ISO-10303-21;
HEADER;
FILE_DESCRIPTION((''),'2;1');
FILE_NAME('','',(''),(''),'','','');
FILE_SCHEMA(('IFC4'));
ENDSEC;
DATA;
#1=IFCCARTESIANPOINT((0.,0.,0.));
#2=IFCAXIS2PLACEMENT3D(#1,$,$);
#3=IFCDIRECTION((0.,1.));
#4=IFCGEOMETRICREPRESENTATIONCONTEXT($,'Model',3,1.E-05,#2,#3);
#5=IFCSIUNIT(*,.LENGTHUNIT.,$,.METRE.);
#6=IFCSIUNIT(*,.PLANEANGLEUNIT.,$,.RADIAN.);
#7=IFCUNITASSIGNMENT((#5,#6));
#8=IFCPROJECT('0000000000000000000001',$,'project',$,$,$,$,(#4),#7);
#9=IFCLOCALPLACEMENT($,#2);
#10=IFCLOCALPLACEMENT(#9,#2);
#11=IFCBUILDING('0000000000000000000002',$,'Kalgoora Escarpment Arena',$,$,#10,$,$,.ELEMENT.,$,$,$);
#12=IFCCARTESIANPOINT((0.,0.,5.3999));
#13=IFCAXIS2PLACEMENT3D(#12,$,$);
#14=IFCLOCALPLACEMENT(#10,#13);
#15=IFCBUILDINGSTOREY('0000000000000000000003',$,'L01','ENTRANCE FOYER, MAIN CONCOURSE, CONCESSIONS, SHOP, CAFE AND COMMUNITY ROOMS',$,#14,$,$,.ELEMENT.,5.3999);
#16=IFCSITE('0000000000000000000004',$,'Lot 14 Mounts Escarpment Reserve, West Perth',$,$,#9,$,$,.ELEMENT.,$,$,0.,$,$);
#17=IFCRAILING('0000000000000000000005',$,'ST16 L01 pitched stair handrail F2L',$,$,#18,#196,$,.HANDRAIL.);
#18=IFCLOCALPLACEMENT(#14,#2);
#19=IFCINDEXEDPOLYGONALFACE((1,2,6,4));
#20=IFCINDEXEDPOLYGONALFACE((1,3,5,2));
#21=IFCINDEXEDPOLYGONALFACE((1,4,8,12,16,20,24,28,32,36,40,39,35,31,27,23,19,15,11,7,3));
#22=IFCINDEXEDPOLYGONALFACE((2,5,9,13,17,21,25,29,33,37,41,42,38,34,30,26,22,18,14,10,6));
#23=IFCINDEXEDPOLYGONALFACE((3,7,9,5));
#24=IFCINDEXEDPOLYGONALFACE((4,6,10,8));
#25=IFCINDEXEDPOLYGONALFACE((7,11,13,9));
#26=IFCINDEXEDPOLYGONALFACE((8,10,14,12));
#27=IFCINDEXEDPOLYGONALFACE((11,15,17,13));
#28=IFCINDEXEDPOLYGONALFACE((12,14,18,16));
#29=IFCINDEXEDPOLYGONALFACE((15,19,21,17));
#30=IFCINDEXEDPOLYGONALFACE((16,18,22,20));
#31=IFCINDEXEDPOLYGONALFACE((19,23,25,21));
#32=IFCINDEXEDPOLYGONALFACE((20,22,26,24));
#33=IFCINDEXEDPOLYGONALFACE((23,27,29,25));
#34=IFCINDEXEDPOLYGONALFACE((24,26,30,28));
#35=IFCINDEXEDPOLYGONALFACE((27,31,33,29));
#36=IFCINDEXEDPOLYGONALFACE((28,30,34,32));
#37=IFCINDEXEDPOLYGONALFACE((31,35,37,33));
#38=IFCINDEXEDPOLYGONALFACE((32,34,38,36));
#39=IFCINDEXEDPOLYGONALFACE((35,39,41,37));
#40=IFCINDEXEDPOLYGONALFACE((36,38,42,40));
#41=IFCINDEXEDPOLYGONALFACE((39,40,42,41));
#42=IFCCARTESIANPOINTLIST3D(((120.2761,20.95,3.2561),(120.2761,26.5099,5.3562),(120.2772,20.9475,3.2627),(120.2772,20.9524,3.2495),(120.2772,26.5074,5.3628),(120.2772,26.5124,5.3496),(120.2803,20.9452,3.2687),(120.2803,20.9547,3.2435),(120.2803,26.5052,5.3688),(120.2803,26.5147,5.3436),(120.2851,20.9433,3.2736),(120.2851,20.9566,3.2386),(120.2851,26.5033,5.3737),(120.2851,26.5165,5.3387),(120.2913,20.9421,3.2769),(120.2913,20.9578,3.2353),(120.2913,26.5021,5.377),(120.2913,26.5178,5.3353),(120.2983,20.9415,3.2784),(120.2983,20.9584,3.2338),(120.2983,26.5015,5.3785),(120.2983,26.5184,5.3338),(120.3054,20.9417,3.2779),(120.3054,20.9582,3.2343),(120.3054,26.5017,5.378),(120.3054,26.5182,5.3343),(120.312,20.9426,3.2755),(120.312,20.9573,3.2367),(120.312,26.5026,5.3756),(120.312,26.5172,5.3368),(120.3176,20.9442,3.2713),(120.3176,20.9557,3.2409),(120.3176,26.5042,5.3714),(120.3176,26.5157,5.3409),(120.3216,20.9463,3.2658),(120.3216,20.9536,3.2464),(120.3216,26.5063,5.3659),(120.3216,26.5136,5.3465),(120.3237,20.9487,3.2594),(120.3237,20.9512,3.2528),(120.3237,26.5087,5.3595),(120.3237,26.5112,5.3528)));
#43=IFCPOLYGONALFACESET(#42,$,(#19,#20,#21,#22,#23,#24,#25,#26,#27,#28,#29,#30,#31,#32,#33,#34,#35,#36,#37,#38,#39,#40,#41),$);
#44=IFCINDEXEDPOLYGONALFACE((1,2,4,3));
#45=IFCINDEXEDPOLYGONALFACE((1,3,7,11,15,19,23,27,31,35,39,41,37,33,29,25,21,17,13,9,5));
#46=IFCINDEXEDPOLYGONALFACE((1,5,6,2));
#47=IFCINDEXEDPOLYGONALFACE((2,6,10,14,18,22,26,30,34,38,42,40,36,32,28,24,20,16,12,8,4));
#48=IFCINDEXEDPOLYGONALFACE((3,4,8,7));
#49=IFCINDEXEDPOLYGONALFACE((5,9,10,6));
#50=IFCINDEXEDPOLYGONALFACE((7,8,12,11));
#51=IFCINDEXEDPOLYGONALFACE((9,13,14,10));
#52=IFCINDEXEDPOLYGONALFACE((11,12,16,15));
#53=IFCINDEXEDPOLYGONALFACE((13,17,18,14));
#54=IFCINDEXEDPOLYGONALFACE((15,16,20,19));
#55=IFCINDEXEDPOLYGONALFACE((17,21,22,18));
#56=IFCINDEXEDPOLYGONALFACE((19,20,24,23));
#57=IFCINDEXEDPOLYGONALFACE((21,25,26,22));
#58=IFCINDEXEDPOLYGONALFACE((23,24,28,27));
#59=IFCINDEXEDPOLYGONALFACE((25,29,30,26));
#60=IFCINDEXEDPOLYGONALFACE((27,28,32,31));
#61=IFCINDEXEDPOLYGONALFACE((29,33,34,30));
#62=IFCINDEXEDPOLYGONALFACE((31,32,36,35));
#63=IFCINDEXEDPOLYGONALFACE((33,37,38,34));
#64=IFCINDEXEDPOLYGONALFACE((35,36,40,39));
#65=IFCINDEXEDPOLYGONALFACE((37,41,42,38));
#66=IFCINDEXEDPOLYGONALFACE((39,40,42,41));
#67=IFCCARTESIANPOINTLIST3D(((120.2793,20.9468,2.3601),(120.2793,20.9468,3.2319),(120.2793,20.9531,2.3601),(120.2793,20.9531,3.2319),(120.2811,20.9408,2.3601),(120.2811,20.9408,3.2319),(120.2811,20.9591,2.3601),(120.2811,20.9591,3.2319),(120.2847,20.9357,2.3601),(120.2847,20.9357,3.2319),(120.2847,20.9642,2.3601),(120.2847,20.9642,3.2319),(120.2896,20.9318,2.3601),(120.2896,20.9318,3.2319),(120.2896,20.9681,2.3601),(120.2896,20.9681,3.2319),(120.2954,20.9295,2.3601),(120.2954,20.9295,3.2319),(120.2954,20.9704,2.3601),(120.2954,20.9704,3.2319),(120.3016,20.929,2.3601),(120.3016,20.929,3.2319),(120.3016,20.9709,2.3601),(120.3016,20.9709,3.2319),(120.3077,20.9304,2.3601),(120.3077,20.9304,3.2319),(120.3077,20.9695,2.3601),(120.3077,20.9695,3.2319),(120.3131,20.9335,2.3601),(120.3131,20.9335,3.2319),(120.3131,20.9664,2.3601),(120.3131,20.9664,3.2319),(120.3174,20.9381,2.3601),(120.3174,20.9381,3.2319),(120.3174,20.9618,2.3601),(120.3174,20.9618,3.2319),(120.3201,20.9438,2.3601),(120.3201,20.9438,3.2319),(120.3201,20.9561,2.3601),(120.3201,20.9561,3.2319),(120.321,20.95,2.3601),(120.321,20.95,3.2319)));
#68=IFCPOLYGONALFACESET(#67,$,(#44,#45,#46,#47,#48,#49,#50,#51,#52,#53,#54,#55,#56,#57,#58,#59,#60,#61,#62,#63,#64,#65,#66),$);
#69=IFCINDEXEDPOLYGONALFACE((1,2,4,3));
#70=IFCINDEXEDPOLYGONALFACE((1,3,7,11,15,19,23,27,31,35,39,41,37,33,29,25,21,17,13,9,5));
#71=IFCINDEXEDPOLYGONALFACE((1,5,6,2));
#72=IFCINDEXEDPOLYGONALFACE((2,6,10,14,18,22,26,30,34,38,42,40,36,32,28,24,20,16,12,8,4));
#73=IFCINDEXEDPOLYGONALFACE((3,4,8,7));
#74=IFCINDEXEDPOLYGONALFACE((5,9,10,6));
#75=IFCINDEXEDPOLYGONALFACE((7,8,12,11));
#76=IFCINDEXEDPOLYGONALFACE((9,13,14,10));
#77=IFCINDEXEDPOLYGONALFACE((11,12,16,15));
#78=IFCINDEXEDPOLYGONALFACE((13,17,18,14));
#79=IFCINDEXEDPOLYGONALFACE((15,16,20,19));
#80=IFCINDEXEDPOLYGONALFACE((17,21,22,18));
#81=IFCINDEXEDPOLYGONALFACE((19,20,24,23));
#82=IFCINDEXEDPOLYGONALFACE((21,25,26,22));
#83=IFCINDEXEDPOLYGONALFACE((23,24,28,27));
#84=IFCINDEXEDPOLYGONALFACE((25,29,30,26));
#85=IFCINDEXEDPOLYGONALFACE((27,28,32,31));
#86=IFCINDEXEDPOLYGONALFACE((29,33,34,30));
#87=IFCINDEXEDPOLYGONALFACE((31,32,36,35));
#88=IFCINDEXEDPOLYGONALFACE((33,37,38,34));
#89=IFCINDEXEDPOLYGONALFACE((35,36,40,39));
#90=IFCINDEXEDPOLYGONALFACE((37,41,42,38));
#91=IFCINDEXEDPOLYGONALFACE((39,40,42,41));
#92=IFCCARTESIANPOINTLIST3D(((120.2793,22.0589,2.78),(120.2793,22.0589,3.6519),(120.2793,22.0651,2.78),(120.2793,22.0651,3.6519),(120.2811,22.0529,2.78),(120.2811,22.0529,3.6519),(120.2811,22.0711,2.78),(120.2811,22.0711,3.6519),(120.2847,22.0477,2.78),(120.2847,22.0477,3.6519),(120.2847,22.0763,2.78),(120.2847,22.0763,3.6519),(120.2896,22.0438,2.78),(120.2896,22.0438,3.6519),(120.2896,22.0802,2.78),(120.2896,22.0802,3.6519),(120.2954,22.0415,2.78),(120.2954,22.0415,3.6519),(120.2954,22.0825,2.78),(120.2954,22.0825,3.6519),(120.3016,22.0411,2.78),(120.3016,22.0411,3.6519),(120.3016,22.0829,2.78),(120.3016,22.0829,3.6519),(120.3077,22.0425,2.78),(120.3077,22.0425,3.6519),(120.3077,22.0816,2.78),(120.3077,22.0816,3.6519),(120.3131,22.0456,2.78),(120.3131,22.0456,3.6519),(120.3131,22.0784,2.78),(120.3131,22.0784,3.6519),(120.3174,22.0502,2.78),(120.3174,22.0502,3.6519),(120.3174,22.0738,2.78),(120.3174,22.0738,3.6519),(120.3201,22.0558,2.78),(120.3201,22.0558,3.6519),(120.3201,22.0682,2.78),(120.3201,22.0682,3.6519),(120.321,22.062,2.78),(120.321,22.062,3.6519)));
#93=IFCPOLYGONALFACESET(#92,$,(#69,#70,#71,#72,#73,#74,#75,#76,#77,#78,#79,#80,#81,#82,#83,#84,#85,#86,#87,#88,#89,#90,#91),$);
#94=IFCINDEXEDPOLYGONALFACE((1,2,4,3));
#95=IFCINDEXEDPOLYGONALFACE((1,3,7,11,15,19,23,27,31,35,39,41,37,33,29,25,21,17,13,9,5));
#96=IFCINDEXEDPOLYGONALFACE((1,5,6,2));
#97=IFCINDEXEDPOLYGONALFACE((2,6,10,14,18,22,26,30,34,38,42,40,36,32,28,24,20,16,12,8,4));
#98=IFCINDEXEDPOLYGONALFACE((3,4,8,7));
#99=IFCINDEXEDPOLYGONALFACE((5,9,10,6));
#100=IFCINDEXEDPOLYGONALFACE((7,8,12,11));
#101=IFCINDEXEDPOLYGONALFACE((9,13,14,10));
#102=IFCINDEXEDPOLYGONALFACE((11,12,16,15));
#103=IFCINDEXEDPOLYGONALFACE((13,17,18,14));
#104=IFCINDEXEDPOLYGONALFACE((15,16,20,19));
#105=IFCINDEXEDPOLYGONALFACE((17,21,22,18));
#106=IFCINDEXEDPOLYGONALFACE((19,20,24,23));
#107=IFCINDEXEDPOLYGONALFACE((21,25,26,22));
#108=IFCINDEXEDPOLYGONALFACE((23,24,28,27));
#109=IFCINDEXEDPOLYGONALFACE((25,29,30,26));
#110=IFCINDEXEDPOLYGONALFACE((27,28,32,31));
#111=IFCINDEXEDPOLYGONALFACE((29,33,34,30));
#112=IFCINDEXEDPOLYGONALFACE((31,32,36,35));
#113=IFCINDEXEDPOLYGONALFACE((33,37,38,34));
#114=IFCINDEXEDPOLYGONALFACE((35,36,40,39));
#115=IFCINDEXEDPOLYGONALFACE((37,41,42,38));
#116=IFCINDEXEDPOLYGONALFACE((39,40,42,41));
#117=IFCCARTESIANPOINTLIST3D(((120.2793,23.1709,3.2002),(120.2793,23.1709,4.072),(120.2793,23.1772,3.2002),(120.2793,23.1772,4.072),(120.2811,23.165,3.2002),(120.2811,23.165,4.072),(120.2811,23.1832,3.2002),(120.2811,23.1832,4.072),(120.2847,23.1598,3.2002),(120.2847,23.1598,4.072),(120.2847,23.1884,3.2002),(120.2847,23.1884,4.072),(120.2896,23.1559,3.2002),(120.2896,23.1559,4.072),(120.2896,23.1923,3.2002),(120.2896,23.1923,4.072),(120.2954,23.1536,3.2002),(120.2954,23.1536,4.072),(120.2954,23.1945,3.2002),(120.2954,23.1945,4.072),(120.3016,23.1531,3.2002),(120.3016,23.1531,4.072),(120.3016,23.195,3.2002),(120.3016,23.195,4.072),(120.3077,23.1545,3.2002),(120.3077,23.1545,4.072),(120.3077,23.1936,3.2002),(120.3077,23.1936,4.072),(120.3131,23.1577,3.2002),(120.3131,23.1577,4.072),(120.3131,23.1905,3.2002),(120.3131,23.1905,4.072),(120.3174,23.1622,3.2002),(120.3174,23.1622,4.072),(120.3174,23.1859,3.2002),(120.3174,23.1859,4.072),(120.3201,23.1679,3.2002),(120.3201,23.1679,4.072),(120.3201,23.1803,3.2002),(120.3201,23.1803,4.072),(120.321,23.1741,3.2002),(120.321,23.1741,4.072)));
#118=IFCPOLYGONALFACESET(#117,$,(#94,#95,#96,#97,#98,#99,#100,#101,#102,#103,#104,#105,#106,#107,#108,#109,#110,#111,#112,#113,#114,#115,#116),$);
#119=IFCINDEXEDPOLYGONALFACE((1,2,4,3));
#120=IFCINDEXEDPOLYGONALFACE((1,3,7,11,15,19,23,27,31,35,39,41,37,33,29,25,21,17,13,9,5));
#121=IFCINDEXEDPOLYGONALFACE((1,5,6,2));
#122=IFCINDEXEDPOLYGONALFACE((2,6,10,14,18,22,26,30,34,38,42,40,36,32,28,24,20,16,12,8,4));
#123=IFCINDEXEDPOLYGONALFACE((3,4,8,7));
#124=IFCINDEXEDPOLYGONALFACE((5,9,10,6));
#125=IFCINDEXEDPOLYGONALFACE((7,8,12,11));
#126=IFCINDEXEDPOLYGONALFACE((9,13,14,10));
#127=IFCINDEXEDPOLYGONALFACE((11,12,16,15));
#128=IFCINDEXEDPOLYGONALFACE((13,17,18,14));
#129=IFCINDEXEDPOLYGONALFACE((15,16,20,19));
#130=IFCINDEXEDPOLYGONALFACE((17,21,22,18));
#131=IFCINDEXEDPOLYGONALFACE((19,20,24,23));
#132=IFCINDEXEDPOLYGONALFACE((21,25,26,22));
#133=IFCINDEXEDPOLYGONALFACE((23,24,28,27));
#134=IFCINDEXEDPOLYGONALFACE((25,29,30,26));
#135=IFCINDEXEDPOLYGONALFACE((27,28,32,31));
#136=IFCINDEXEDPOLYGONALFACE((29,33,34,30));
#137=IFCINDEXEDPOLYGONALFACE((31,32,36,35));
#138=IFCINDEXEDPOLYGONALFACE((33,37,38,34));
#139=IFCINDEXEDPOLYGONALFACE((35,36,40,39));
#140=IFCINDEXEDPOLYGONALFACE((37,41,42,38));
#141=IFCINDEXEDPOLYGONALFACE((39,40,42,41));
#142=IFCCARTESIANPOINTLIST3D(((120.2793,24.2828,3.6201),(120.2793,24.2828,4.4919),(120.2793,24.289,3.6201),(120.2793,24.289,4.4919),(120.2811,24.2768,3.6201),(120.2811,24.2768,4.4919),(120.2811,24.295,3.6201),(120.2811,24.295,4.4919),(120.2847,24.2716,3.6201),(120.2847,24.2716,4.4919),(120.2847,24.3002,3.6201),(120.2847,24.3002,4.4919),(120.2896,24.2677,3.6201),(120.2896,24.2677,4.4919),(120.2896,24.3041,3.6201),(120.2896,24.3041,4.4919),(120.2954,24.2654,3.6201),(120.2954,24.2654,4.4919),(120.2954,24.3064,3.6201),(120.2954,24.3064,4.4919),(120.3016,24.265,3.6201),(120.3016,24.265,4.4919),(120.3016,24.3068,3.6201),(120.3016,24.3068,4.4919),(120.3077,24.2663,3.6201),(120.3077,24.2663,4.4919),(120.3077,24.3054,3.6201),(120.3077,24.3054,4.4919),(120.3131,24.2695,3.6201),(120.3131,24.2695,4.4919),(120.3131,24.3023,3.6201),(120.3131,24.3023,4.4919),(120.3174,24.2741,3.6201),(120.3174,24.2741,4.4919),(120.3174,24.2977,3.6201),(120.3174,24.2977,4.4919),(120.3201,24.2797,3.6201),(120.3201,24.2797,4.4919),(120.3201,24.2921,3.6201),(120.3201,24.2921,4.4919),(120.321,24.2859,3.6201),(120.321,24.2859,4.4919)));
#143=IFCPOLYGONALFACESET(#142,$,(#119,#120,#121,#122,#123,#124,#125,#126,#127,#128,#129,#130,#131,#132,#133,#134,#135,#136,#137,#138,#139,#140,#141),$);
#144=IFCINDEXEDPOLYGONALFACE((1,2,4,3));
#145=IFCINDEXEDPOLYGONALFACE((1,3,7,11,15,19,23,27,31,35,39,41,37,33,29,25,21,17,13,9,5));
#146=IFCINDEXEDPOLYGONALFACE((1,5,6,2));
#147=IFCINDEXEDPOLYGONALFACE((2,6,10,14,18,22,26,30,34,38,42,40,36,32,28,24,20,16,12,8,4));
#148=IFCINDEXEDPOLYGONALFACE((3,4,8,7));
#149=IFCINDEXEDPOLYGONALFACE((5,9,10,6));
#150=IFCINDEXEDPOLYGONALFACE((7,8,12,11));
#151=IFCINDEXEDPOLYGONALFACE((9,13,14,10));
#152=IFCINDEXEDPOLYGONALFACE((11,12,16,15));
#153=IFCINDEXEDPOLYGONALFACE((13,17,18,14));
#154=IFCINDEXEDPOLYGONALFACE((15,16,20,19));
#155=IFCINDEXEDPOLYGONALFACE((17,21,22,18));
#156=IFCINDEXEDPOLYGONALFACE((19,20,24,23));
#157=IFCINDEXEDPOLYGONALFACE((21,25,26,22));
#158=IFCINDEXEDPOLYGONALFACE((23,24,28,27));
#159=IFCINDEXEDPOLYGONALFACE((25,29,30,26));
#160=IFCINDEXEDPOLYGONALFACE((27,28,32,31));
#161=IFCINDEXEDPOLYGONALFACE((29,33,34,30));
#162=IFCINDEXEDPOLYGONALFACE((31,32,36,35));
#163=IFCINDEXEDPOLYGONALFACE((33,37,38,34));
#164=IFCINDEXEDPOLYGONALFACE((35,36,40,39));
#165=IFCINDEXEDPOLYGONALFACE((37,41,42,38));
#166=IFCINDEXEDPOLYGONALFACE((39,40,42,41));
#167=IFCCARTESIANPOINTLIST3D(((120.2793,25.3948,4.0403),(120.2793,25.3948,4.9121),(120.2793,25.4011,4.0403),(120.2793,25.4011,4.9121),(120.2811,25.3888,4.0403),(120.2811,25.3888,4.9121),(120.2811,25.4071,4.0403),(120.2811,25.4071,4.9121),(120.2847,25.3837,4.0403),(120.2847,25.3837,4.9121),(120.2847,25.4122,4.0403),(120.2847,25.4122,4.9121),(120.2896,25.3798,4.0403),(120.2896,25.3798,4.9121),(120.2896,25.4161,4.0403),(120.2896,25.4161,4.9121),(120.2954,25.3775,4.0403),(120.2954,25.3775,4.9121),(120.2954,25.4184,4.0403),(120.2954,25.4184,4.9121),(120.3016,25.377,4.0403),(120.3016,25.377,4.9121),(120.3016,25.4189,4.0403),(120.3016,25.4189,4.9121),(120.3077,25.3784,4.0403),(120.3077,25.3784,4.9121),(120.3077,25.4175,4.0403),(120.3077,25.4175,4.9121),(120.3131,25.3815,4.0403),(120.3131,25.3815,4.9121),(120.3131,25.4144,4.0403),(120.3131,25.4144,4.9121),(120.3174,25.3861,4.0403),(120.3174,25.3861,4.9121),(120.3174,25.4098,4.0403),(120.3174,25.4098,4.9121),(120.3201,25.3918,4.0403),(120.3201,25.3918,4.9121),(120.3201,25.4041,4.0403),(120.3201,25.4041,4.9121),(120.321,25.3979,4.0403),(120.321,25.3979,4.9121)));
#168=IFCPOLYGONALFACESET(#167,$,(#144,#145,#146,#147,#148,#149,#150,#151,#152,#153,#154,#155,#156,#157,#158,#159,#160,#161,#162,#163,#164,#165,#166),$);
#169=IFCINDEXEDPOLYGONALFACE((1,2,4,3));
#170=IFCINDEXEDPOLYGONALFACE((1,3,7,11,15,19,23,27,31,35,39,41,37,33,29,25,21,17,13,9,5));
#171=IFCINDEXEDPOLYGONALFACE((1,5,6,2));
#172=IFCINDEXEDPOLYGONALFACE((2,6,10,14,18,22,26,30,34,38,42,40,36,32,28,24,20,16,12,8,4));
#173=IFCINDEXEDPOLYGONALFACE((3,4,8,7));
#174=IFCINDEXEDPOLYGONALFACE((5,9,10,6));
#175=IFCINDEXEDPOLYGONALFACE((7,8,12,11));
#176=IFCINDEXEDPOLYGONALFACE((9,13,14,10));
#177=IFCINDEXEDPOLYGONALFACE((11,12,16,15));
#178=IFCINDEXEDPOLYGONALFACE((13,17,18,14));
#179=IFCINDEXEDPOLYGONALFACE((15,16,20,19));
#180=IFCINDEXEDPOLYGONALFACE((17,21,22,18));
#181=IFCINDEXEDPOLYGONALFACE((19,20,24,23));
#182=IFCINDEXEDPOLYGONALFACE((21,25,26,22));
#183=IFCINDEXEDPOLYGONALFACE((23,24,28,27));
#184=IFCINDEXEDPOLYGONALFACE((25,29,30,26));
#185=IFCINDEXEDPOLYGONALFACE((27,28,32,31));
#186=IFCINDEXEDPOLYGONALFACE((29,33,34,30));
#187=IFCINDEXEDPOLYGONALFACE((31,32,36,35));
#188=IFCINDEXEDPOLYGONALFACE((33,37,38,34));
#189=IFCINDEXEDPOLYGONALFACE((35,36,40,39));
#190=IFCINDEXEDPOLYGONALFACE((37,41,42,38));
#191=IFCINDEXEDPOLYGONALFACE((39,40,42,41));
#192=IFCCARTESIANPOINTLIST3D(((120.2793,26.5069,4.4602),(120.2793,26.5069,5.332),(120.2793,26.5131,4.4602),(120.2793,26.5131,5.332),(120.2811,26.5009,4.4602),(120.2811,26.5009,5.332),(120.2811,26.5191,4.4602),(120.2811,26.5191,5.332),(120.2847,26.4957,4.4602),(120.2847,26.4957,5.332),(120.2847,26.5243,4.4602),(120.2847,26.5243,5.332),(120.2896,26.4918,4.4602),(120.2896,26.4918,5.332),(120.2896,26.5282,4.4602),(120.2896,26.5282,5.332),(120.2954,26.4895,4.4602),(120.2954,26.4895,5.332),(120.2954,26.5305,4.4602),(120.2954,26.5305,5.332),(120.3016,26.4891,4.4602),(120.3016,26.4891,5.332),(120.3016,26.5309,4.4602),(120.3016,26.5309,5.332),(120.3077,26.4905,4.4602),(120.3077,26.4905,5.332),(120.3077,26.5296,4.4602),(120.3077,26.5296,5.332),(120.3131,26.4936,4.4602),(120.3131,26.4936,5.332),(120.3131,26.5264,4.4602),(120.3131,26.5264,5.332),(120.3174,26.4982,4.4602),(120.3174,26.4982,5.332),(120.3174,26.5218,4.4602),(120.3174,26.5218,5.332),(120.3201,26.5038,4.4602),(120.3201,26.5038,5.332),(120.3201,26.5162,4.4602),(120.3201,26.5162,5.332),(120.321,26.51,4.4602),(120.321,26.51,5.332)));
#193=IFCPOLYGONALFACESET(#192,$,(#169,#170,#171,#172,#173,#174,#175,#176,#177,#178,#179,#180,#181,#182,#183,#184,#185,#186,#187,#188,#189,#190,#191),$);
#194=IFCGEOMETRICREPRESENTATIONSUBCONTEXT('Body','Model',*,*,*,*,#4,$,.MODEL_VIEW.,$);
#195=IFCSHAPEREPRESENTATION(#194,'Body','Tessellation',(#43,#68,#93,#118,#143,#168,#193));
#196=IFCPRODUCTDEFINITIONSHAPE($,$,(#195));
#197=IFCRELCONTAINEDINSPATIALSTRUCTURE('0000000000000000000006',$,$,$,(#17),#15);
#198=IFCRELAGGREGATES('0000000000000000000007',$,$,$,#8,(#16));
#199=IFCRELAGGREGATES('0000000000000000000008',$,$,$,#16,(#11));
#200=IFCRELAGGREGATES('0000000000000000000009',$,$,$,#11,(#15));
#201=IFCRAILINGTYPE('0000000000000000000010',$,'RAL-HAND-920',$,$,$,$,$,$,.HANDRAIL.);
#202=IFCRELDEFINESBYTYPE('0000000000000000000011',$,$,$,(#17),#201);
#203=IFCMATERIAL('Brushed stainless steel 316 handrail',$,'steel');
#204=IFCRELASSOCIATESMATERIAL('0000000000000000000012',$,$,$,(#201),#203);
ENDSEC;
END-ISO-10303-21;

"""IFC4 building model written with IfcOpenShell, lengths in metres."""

from ifc_helpers import new_model, si_unit, direction, frame, origin, origin_2d, place, context, subcontext, project, spatial, circle, extrude, material, type_object, element, save


model = new_model("IFC4")

# Units and contexts
model_context = context("Model", 3, precision=1e-05, world=origin(), true_north=direction((0.0, 1.0)))
body_context = subcontext(model_context, "Body", "Model", "MODEL_VIEW")
ifc_project = project(units=[si_unit("LENGTHUNIT", "METRE"), si_unit("PLANEANGLEUNIT", "RADIAN")], contexts=[model_context])

# Site, building, storey
site_placement = place(None, origin())
site = spatial("IfcSite", under=ifc_project, at=site_placement, Name="Lot 14 Mounts Escarpment Reserve, West Perth", CompositionType="ELEMENT", RefElevation=0.0)
building_placement = place(site_placement, origin())
building = spatial("IfcBuilding", under=site, at=building_placement, Name="Kalgoora Escarpment Arena", CompositionType="ELEMENT")
storey_placement = place(building_placement, frame((0.0, 0.0, 5.3999)))
storey = spatial("IfcBuildingStorey", under=building, at=storey_placement, Name="L01", Description="ENTRANCE FOYER, MAIN CONCOURSE, CONCESSIONS, SHOP, CAFE AND COMMUNITY ROOMS", CompositionType="ELEMENT", Elevation=5.3999)

# Railing
ifc_material_1 = material(Name="Brushed stainless steel 316 handrail", Category="steel")
railing_type_1 = type_object("IfcRailingType", Name="RAL-HAND-920", PredefinedType="HANDRAIL", material=ifc_material_1)
for number, where, name in (
    (1, (120.3, 20.95, 2.3601), "ST16 L01 pitched stair handrail F2L"),
):
    element("IfcRailing", number, at=place(storey_placement, frame(where)), inside=storey, type_object=railing_type_1, Name=name, PredefinedType="HANDRAIL", context=body_context, shape_type="SweptSolid", body=[
        extrude(circle(Radius=0.0239, at=origin_2d()), frame((0.0, 0.0, 0.896), z_axis=(0.0, 0.935493, 0.353346), x_axis=(-1.0, 0.0, 0.0)), (0.0, 0.0, 1.0), 5.9434),
        extrude(circle(Radius=0.021, at=origin_2d()), origin(), (0.0, 0.0, 1.0), 0.8718),
        extrude(circle(Radius=0.021, at=origin_2d()), frame((0.0, 1.1121, 0.4199)), (0.0, 0.0, 1.0), 0.8718),
        extrude(circle(Radius=0.021, at=origin_2d()), frame((0.0, 2.2241, 0.8401)), (0.0, 0.0, 1.0), 0.8718),
        extrude(circle(Radius=0.021, at=origin_2d()), frame((0.0, 3.3359, 1.26)), (0.0, 0.0, 1.0), 0.8718),
        extrude(circle(Radius=0.021, at=origin_2d()), frame((0.0, 4.448, 1.6802)), (0.0, 0.0, 1.0), 0.8718),
        extrude(circle(Radius=0.021, at=origin_2d()), frame((0.0, 5.5601, 2.1001)), (0.0, 0.0, 1.0), 0.8718),
    ])

save(model, "model.ifc")
